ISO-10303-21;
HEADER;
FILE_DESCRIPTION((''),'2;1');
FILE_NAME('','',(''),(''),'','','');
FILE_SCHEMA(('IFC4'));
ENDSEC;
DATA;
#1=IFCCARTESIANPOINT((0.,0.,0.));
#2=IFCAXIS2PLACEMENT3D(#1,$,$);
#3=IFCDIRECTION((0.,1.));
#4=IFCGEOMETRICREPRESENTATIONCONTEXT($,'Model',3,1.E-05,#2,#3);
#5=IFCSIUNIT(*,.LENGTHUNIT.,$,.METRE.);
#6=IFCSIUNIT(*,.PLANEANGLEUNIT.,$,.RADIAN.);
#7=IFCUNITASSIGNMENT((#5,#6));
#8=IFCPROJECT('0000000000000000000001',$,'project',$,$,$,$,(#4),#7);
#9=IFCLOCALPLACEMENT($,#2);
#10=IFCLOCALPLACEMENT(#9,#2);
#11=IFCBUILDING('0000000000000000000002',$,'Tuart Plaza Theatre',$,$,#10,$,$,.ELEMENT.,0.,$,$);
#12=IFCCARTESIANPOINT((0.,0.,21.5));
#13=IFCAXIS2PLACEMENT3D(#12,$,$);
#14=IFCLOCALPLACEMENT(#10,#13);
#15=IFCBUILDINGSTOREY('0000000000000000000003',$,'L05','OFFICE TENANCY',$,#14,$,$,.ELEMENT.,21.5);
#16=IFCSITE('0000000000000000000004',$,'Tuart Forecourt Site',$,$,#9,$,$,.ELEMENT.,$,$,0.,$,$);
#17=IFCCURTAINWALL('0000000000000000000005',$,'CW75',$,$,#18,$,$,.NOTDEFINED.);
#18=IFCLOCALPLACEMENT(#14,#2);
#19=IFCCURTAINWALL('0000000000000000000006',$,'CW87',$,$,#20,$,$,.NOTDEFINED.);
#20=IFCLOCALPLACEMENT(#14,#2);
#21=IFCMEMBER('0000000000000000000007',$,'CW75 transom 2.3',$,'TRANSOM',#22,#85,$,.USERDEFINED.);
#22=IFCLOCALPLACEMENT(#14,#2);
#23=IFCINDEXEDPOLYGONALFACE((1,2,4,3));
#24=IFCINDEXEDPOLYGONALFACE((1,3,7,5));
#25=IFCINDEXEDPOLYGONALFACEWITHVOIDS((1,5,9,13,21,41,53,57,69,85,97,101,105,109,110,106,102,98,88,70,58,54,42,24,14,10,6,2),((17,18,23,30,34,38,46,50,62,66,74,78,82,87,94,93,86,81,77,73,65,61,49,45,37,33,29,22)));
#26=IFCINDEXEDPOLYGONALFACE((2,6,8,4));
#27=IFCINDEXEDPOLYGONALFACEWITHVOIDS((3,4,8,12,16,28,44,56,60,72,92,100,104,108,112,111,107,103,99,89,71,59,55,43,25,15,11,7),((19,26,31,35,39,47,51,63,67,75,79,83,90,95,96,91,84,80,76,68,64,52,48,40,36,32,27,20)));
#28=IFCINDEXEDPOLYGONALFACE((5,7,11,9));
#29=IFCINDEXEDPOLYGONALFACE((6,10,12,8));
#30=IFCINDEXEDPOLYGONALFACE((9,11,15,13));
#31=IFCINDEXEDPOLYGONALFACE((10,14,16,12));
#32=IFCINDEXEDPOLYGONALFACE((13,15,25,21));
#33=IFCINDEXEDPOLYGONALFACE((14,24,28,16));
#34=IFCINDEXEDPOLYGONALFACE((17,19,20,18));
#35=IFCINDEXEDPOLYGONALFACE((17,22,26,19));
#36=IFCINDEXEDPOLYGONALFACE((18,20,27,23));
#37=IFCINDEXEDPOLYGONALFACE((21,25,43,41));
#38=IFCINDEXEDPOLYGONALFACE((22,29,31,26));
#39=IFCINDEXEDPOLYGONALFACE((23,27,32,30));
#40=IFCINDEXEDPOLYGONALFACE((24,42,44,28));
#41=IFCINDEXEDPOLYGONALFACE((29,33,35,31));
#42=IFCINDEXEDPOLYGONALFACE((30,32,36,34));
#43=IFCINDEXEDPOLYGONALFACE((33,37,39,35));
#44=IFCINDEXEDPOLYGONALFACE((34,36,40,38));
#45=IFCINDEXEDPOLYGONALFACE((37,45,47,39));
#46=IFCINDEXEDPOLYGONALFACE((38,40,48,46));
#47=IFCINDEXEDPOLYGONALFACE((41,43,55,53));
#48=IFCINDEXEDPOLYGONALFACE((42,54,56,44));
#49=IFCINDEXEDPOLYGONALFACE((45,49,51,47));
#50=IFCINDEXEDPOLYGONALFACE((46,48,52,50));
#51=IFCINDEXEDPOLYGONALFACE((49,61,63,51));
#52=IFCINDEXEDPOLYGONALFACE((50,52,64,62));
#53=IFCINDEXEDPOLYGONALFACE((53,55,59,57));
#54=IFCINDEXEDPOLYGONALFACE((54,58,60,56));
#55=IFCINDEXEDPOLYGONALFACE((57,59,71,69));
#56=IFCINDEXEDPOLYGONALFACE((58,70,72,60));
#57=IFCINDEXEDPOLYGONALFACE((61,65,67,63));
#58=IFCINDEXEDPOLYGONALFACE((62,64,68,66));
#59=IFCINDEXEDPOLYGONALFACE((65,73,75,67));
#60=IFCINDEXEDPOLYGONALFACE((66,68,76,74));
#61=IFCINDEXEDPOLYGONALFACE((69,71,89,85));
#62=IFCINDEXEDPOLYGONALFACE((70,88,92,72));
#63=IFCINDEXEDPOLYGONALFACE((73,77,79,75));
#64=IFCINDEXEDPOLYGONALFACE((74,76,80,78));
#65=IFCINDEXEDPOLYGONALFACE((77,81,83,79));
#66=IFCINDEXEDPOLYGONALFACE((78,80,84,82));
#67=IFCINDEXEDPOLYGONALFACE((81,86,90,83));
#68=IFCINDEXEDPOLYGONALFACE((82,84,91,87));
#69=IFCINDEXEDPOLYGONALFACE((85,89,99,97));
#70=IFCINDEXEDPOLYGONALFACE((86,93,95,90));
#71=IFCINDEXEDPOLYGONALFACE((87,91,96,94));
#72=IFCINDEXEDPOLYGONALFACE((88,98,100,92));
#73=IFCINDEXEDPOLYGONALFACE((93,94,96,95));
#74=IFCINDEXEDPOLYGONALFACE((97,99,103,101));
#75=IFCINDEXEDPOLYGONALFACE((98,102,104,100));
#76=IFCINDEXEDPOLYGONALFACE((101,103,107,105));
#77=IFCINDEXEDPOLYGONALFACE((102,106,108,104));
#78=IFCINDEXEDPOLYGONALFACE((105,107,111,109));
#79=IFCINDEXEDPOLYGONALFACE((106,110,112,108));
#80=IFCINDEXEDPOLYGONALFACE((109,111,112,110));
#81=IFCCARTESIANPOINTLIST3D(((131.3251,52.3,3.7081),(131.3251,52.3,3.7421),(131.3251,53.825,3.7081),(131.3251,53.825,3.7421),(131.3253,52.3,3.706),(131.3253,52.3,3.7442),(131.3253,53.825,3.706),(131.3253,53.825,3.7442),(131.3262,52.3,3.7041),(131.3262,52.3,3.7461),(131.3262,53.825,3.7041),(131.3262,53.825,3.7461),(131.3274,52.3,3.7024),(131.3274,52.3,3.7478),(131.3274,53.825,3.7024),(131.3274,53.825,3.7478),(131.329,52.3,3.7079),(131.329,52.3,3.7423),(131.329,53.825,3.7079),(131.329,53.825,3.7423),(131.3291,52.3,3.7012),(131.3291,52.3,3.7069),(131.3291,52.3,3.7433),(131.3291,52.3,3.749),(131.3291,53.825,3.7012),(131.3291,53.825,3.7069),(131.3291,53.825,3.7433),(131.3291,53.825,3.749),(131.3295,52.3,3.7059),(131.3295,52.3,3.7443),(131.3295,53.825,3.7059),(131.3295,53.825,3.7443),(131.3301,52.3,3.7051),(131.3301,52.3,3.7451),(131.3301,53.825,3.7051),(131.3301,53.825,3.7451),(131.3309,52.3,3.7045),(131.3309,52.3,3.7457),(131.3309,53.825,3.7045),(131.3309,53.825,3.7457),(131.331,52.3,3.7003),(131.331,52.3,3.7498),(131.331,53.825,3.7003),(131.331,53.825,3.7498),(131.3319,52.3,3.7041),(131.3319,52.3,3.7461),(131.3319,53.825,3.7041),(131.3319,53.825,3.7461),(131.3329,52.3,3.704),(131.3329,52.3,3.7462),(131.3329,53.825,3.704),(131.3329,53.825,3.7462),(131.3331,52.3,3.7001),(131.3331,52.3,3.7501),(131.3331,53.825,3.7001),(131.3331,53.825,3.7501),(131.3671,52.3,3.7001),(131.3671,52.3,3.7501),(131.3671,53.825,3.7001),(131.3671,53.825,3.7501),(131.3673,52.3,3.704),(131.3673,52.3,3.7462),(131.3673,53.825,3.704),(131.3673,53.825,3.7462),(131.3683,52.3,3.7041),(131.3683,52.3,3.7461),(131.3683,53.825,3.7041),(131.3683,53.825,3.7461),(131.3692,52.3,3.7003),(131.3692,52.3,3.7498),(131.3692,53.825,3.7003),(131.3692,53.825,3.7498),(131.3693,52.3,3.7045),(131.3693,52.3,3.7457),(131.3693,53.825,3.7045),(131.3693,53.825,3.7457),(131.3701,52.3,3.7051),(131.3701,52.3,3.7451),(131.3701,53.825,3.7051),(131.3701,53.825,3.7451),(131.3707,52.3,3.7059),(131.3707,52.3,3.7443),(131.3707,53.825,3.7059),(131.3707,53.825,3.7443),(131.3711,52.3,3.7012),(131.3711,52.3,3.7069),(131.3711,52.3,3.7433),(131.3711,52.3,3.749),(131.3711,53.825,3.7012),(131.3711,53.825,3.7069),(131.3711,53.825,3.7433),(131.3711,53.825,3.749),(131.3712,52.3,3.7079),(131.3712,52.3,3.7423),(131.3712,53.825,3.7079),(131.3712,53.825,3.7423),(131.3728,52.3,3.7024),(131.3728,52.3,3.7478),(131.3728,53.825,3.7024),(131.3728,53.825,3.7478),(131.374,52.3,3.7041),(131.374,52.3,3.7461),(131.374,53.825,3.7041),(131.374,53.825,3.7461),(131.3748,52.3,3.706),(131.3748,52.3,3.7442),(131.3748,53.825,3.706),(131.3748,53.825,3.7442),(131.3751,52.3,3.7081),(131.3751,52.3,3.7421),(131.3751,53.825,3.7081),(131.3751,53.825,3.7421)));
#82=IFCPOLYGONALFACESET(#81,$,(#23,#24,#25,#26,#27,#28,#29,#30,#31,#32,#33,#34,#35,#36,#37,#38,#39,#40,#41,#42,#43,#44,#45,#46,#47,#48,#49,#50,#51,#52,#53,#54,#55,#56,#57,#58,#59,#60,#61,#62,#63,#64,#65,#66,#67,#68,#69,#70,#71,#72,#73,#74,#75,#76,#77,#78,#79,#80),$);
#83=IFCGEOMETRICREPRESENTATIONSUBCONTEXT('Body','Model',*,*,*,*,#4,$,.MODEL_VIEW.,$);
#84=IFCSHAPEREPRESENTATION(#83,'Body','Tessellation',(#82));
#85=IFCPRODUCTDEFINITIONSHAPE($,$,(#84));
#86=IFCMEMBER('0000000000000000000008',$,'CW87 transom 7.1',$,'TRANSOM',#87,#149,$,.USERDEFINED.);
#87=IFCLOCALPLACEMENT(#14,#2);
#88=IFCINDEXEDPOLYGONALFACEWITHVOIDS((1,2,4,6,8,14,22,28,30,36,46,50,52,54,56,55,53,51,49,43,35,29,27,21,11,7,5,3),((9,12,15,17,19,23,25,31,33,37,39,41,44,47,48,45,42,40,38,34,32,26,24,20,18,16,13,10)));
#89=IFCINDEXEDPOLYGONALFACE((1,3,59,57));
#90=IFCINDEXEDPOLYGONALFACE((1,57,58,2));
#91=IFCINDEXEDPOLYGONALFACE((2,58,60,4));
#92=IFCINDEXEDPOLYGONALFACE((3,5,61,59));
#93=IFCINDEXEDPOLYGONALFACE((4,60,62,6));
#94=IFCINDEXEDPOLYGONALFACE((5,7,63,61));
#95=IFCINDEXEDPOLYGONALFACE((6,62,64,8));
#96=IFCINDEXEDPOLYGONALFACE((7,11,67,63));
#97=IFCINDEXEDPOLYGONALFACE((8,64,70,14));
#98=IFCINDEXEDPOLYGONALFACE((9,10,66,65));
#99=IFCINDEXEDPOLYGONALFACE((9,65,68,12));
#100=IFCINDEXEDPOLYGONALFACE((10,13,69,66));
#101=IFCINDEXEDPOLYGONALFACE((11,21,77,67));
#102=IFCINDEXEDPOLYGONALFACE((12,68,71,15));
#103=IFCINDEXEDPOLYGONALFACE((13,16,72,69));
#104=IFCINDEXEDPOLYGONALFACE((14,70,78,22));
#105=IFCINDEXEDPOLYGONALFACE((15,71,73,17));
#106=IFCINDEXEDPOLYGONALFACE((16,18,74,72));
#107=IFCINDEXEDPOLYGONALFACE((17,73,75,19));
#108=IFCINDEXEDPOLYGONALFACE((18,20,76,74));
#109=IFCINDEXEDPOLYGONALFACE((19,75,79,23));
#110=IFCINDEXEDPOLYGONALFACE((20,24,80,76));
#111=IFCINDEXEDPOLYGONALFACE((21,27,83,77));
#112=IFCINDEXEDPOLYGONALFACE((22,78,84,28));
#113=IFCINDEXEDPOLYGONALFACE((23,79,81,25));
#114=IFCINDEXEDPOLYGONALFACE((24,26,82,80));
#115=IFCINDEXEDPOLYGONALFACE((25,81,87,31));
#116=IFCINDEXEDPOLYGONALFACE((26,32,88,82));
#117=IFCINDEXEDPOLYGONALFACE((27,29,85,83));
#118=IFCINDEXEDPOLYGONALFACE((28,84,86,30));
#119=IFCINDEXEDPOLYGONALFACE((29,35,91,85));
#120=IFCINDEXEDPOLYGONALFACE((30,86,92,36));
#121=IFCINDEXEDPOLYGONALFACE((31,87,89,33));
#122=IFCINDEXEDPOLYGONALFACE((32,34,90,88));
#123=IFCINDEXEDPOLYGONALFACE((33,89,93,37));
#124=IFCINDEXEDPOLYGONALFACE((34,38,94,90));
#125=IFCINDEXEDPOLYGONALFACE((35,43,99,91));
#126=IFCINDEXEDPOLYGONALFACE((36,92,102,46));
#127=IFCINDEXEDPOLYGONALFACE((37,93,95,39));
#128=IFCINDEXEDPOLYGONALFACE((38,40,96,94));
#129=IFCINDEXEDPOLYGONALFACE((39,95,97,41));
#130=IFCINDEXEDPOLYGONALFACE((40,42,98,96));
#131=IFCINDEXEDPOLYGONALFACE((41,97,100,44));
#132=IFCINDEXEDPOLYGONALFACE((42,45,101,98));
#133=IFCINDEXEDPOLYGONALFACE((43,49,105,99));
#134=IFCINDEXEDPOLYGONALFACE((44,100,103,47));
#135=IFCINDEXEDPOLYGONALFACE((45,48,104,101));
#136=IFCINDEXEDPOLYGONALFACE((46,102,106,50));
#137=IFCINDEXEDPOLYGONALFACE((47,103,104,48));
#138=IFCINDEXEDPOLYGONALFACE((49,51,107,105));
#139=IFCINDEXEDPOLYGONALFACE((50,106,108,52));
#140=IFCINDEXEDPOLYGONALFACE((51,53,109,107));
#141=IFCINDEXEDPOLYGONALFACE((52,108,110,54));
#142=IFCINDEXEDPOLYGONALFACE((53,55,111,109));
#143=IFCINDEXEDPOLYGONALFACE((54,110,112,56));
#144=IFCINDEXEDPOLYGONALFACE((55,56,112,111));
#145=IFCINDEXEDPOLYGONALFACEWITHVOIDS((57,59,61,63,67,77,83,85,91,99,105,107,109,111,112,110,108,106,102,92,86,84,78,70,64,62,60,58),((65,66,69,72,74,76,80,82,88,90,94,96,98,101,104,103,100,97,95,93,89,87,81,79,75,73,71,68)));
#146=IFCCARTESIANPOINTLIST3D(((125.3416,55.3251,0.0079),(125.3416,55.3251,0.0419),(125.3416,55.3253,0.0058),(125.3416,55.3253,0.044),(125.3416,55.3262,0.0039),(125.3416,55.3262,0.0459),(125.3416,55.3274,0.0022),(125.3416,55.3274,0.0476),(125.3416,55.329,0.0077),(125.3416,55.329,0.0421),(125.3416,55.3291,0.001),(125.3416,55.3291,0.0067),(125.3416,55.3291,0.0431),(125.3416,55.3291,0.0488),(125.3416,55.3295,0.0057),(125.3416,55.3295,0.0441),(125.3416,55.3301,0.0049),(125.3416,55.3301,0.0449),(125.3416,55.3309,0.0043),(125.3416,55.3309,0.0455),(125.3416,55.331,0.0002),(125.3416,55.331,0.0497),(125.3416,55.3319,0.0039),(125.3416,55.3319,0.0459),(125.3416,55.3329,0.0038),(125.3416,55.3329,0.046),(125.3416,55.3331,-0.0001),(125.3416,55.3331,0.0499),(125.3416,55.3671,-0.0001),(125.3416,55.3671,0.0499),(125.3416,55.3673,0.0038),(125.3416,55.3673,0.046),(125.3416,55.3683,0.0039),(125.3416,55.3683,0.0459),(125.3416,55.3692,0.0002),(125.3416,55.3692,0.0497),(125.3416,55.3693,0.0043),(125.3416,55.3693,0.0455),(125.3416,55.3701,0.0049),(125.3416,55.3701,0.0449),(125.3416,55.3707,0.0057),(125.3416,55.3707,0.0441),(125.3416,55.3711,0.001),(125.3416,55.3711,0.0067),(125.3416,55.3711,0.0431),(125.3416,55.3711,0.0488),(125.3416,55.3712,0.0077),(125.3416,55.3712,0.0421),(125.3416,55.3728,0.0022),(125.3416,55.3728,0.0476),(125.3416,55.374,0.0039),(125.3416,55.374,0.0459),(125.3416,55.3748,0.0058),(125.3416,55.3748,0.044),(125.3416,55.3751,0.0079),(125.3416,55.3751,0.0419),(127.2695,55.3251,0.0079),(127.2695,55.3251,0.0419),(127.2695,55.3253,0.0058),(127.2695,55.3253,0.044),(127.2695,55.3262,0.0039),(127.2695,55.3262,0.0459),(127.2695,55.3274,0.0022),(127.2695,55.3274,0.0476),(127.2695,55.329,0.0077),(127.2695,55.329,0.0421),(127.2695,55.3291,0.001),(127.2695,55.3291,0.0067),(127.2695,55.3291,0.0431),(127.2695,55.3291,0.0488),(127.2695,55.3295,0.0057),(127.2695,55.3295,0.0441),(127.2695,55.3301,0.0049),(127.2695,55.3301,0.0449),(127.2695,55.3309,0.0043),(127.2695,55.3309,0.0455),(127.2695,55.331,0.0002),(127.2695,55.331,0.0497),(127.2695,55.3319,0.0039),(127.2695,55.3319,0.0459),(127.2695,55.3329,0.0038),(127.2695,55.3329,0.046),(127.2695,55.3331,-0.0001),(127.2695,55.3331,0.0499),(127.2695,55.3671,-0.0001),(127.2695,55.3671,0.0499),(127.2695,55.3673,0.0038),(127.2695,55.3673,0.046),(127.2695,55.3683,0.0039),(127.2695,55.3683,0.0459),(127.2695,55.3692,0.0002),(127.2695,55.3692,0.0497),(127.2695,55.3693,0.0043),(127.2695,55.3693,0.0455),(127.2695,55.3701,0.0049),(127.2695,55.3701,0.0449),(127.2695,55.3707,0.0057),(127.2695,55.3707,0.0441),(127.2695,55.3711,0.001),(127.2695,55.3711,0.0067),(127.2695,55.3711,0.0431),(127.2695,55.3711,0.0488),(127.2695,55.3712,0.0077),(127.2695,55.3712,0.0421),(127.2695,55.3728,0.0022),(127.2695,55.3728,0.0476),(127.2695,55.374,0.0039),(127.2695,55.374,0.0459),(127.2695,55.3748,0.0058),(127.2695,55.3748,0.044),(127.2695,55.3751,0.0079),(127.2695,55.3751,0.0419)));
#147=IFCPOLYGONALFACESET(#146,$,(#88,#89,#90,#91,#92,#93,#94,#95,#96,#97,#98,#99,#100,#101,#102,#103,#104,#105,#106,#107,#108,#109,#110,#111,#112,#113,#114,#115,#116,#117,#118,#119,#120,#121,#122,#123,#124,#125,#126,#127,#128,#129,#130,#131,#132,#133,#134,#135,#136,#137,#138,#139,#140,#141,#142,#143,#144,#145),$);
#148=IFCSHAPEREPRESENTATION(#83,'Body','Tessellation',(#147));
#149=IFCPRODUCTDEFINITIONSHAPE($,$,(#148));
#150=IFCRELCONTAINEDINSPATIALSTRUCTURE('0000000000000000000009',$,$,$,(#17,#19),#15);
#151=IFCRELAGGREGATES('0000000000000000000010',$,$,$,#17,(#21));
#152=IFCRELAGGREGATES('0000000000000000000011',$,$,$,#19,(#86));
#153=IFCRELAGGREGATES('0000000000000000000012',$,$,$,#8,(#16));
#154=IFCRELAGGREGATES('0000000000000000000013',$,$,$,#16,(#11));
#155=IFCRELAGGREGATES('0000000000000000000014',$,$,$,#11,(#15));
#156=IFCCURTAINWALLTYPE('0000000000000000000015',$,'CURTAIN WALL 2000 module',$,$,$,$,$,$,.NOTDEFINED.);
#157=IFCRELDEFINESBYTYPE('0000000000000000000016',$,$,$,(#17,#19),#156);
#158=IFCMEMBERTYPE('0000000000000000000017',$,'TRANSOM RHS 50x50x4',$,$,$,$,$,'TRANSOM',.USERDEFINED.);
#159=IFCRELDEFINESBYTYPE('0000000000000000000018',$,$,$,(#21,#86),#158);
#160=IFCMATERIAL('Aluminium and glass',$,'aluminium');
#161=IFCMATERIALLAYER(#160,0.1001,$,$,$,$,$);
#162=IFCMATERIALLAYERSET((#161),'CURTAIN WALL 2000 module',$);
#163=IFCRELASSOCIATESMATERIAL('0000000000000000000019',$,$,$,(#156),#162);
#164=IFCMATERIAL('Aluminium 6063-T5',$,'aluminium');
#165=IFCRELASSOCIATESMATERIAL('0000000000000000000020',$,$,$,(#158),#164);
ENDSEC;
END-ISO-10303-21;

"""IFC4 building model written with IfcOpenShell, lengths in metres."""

from ifc_helpers import new_model, si_unit, direction, frame, origin, origin_2d, place, context, subcontext, project, spatial, hollow_rectangle, extrude, material, layer, layer_set, material_profile, profile_set, type_object, element, aggregate, save


model = new_model("IFC4")

# Units and contexts
model_context = context("Model", 3, precision=1e-05, world=origin(), true_north=direction((0.0, 1.0)))
body_context = subcontext(model_context, "Body", "Model", "MODEL_VIEW")
ifc_project = project(units=[si_unit("LENGTHUNIT", "METRE"), si_unit("PLANEANGLEUNIT", "RADIAN")], contexts=[model_context])

# Site, building, storey
site_placement = place(None, origin())
site = spatial("IfcSite", under=ifc_project, at=site_placement, Name="Tuart Forecourt Site", CompositionType="ELEMENT", RefElevation=0.0)
building_placement = place(site_placement, origin())
building = spatial("IfcBuilding", under=site, at=building_placement, Name="Tuart Plaza Theatre", CompositionType="ELEMENT", ElevationOfRefHeight=0.0)
storey_placement = place(building_placement, frame((0.0, 0.0, 21.5)))
storey = spatial("IfcBuildingStorey", under=building, at=storey_placement, Name="L05", Description="OFFICE TENANCY", CompositionType="ELEMENT", Elevation=21.5)

# Curtain wall
ifc_material_1 = material(Name="Aluminium and glass", Category="aluminium")
ifc_layer_1 = layer(ifc_material_1, 0.1001)
ifc_layer_set_1 = layer_set([ifc_layer_1], Name="CURTAIN WALL 2000 module")
curtain_wall_type = type_object("IfcCurtainWallType", Name="CURTAIN WALL 2000 module", PredefinedType="NOTDEFINED", material=ifc_layer_set_1)
curtain_wall_1_placement = place(storey_placement, origin())
curtain_wall_1 = element("IfcCurtainWall", 1, at=curtain_wall_1_placement, inside=storey, type_object=curtain_wall_type, Name="CW75", PredefinedType="NOTDEFINED")

# Curtain wall
curtain_wall_2_placement = place(storey_placement, origin())
curtain_wall_2 = element("IfcCurtainWall", 2, at=curtain_wall_2_placement, inside=storey, type_object=curtain_wall_type, Name="CW87", PredefinedType="NOTDEFINED")

# Members
ifc_material_2 = material(Name="Aluminium 6063-T5", Category="aluminium")
ifc_material_profile_1 = material_profile(ifc_material_2, hollow_rectangle(XDim=0.05, YDim=0.05, WallThickness=0.0039, InnerFilletRadius=0.0039, OuterFilletRadius=0.0081, at=origin_2d()), Name="RHS 50x50x4")
ifc_profile_set_1 = profile_set([ifc_material_profile_1], Name="Aluminium 6063-T5")
member_type_1 = type_object("IfcMemberType", Name="TRANSOM RHS 50x50x4", ElementType="TRANSOM", PredefinedType="USERDEFINED", material=ifc_profile_set_1)
member_1_placement = place(storey_placement, frame((131.3501, 53.825, 3.7251), z_axis=(0.0, -1.0, 0.0), x_axis=(1.0, 0.0, 0.0)))
member_1 = element("IfcMember", 3, at=member_1_placement, type_object=member_type_1, Name="CW75 transom 2.3", ObjectType="TRANSOM", PredefinedType="USERDEFINED", context=body_context, shape_type="SweptSolid", body=[
    extrude(hollow_rectangle(XDim=0.05, YDim=0.05, WallThickness=0.0039, InnerFilletRadius=0.0039, OuterFilletRadius=0.0081, at=origin_2d()), origin(), (0.0, 0.0, 1.0), 1.5249),
])
member_2_placement = place(storey_placement, frame((125.3416, 55.3501, 0.0249), z_axis=(1.0, 0.0, 0.0), x_axis=(0.0, 1.0, 0.0)))
member_2 = element("IfcMember", 4, at=member_2_placement, type_object=member_type_1, Name="CW87 transom 7.1", ObjectType="TRANSOM", PredefinedType="USERDEFINED", context=body_context, shape_type="SweptSolid", body=[
    extrude(hollow_rectangle(XDim=0.05, YDim=0.05, WallThickness=0.0039, InnerFilletRadius=0.0039, OuterFilletRadius=0.0081, at=origin_2d()), origin(), (0.0, 0.0, 1.0), 1.928),
])

aggregate(curtain_wall_1, [member_1])
aggregate(curtain_wall_2, [member_2])

save(model, "model.ifc")
